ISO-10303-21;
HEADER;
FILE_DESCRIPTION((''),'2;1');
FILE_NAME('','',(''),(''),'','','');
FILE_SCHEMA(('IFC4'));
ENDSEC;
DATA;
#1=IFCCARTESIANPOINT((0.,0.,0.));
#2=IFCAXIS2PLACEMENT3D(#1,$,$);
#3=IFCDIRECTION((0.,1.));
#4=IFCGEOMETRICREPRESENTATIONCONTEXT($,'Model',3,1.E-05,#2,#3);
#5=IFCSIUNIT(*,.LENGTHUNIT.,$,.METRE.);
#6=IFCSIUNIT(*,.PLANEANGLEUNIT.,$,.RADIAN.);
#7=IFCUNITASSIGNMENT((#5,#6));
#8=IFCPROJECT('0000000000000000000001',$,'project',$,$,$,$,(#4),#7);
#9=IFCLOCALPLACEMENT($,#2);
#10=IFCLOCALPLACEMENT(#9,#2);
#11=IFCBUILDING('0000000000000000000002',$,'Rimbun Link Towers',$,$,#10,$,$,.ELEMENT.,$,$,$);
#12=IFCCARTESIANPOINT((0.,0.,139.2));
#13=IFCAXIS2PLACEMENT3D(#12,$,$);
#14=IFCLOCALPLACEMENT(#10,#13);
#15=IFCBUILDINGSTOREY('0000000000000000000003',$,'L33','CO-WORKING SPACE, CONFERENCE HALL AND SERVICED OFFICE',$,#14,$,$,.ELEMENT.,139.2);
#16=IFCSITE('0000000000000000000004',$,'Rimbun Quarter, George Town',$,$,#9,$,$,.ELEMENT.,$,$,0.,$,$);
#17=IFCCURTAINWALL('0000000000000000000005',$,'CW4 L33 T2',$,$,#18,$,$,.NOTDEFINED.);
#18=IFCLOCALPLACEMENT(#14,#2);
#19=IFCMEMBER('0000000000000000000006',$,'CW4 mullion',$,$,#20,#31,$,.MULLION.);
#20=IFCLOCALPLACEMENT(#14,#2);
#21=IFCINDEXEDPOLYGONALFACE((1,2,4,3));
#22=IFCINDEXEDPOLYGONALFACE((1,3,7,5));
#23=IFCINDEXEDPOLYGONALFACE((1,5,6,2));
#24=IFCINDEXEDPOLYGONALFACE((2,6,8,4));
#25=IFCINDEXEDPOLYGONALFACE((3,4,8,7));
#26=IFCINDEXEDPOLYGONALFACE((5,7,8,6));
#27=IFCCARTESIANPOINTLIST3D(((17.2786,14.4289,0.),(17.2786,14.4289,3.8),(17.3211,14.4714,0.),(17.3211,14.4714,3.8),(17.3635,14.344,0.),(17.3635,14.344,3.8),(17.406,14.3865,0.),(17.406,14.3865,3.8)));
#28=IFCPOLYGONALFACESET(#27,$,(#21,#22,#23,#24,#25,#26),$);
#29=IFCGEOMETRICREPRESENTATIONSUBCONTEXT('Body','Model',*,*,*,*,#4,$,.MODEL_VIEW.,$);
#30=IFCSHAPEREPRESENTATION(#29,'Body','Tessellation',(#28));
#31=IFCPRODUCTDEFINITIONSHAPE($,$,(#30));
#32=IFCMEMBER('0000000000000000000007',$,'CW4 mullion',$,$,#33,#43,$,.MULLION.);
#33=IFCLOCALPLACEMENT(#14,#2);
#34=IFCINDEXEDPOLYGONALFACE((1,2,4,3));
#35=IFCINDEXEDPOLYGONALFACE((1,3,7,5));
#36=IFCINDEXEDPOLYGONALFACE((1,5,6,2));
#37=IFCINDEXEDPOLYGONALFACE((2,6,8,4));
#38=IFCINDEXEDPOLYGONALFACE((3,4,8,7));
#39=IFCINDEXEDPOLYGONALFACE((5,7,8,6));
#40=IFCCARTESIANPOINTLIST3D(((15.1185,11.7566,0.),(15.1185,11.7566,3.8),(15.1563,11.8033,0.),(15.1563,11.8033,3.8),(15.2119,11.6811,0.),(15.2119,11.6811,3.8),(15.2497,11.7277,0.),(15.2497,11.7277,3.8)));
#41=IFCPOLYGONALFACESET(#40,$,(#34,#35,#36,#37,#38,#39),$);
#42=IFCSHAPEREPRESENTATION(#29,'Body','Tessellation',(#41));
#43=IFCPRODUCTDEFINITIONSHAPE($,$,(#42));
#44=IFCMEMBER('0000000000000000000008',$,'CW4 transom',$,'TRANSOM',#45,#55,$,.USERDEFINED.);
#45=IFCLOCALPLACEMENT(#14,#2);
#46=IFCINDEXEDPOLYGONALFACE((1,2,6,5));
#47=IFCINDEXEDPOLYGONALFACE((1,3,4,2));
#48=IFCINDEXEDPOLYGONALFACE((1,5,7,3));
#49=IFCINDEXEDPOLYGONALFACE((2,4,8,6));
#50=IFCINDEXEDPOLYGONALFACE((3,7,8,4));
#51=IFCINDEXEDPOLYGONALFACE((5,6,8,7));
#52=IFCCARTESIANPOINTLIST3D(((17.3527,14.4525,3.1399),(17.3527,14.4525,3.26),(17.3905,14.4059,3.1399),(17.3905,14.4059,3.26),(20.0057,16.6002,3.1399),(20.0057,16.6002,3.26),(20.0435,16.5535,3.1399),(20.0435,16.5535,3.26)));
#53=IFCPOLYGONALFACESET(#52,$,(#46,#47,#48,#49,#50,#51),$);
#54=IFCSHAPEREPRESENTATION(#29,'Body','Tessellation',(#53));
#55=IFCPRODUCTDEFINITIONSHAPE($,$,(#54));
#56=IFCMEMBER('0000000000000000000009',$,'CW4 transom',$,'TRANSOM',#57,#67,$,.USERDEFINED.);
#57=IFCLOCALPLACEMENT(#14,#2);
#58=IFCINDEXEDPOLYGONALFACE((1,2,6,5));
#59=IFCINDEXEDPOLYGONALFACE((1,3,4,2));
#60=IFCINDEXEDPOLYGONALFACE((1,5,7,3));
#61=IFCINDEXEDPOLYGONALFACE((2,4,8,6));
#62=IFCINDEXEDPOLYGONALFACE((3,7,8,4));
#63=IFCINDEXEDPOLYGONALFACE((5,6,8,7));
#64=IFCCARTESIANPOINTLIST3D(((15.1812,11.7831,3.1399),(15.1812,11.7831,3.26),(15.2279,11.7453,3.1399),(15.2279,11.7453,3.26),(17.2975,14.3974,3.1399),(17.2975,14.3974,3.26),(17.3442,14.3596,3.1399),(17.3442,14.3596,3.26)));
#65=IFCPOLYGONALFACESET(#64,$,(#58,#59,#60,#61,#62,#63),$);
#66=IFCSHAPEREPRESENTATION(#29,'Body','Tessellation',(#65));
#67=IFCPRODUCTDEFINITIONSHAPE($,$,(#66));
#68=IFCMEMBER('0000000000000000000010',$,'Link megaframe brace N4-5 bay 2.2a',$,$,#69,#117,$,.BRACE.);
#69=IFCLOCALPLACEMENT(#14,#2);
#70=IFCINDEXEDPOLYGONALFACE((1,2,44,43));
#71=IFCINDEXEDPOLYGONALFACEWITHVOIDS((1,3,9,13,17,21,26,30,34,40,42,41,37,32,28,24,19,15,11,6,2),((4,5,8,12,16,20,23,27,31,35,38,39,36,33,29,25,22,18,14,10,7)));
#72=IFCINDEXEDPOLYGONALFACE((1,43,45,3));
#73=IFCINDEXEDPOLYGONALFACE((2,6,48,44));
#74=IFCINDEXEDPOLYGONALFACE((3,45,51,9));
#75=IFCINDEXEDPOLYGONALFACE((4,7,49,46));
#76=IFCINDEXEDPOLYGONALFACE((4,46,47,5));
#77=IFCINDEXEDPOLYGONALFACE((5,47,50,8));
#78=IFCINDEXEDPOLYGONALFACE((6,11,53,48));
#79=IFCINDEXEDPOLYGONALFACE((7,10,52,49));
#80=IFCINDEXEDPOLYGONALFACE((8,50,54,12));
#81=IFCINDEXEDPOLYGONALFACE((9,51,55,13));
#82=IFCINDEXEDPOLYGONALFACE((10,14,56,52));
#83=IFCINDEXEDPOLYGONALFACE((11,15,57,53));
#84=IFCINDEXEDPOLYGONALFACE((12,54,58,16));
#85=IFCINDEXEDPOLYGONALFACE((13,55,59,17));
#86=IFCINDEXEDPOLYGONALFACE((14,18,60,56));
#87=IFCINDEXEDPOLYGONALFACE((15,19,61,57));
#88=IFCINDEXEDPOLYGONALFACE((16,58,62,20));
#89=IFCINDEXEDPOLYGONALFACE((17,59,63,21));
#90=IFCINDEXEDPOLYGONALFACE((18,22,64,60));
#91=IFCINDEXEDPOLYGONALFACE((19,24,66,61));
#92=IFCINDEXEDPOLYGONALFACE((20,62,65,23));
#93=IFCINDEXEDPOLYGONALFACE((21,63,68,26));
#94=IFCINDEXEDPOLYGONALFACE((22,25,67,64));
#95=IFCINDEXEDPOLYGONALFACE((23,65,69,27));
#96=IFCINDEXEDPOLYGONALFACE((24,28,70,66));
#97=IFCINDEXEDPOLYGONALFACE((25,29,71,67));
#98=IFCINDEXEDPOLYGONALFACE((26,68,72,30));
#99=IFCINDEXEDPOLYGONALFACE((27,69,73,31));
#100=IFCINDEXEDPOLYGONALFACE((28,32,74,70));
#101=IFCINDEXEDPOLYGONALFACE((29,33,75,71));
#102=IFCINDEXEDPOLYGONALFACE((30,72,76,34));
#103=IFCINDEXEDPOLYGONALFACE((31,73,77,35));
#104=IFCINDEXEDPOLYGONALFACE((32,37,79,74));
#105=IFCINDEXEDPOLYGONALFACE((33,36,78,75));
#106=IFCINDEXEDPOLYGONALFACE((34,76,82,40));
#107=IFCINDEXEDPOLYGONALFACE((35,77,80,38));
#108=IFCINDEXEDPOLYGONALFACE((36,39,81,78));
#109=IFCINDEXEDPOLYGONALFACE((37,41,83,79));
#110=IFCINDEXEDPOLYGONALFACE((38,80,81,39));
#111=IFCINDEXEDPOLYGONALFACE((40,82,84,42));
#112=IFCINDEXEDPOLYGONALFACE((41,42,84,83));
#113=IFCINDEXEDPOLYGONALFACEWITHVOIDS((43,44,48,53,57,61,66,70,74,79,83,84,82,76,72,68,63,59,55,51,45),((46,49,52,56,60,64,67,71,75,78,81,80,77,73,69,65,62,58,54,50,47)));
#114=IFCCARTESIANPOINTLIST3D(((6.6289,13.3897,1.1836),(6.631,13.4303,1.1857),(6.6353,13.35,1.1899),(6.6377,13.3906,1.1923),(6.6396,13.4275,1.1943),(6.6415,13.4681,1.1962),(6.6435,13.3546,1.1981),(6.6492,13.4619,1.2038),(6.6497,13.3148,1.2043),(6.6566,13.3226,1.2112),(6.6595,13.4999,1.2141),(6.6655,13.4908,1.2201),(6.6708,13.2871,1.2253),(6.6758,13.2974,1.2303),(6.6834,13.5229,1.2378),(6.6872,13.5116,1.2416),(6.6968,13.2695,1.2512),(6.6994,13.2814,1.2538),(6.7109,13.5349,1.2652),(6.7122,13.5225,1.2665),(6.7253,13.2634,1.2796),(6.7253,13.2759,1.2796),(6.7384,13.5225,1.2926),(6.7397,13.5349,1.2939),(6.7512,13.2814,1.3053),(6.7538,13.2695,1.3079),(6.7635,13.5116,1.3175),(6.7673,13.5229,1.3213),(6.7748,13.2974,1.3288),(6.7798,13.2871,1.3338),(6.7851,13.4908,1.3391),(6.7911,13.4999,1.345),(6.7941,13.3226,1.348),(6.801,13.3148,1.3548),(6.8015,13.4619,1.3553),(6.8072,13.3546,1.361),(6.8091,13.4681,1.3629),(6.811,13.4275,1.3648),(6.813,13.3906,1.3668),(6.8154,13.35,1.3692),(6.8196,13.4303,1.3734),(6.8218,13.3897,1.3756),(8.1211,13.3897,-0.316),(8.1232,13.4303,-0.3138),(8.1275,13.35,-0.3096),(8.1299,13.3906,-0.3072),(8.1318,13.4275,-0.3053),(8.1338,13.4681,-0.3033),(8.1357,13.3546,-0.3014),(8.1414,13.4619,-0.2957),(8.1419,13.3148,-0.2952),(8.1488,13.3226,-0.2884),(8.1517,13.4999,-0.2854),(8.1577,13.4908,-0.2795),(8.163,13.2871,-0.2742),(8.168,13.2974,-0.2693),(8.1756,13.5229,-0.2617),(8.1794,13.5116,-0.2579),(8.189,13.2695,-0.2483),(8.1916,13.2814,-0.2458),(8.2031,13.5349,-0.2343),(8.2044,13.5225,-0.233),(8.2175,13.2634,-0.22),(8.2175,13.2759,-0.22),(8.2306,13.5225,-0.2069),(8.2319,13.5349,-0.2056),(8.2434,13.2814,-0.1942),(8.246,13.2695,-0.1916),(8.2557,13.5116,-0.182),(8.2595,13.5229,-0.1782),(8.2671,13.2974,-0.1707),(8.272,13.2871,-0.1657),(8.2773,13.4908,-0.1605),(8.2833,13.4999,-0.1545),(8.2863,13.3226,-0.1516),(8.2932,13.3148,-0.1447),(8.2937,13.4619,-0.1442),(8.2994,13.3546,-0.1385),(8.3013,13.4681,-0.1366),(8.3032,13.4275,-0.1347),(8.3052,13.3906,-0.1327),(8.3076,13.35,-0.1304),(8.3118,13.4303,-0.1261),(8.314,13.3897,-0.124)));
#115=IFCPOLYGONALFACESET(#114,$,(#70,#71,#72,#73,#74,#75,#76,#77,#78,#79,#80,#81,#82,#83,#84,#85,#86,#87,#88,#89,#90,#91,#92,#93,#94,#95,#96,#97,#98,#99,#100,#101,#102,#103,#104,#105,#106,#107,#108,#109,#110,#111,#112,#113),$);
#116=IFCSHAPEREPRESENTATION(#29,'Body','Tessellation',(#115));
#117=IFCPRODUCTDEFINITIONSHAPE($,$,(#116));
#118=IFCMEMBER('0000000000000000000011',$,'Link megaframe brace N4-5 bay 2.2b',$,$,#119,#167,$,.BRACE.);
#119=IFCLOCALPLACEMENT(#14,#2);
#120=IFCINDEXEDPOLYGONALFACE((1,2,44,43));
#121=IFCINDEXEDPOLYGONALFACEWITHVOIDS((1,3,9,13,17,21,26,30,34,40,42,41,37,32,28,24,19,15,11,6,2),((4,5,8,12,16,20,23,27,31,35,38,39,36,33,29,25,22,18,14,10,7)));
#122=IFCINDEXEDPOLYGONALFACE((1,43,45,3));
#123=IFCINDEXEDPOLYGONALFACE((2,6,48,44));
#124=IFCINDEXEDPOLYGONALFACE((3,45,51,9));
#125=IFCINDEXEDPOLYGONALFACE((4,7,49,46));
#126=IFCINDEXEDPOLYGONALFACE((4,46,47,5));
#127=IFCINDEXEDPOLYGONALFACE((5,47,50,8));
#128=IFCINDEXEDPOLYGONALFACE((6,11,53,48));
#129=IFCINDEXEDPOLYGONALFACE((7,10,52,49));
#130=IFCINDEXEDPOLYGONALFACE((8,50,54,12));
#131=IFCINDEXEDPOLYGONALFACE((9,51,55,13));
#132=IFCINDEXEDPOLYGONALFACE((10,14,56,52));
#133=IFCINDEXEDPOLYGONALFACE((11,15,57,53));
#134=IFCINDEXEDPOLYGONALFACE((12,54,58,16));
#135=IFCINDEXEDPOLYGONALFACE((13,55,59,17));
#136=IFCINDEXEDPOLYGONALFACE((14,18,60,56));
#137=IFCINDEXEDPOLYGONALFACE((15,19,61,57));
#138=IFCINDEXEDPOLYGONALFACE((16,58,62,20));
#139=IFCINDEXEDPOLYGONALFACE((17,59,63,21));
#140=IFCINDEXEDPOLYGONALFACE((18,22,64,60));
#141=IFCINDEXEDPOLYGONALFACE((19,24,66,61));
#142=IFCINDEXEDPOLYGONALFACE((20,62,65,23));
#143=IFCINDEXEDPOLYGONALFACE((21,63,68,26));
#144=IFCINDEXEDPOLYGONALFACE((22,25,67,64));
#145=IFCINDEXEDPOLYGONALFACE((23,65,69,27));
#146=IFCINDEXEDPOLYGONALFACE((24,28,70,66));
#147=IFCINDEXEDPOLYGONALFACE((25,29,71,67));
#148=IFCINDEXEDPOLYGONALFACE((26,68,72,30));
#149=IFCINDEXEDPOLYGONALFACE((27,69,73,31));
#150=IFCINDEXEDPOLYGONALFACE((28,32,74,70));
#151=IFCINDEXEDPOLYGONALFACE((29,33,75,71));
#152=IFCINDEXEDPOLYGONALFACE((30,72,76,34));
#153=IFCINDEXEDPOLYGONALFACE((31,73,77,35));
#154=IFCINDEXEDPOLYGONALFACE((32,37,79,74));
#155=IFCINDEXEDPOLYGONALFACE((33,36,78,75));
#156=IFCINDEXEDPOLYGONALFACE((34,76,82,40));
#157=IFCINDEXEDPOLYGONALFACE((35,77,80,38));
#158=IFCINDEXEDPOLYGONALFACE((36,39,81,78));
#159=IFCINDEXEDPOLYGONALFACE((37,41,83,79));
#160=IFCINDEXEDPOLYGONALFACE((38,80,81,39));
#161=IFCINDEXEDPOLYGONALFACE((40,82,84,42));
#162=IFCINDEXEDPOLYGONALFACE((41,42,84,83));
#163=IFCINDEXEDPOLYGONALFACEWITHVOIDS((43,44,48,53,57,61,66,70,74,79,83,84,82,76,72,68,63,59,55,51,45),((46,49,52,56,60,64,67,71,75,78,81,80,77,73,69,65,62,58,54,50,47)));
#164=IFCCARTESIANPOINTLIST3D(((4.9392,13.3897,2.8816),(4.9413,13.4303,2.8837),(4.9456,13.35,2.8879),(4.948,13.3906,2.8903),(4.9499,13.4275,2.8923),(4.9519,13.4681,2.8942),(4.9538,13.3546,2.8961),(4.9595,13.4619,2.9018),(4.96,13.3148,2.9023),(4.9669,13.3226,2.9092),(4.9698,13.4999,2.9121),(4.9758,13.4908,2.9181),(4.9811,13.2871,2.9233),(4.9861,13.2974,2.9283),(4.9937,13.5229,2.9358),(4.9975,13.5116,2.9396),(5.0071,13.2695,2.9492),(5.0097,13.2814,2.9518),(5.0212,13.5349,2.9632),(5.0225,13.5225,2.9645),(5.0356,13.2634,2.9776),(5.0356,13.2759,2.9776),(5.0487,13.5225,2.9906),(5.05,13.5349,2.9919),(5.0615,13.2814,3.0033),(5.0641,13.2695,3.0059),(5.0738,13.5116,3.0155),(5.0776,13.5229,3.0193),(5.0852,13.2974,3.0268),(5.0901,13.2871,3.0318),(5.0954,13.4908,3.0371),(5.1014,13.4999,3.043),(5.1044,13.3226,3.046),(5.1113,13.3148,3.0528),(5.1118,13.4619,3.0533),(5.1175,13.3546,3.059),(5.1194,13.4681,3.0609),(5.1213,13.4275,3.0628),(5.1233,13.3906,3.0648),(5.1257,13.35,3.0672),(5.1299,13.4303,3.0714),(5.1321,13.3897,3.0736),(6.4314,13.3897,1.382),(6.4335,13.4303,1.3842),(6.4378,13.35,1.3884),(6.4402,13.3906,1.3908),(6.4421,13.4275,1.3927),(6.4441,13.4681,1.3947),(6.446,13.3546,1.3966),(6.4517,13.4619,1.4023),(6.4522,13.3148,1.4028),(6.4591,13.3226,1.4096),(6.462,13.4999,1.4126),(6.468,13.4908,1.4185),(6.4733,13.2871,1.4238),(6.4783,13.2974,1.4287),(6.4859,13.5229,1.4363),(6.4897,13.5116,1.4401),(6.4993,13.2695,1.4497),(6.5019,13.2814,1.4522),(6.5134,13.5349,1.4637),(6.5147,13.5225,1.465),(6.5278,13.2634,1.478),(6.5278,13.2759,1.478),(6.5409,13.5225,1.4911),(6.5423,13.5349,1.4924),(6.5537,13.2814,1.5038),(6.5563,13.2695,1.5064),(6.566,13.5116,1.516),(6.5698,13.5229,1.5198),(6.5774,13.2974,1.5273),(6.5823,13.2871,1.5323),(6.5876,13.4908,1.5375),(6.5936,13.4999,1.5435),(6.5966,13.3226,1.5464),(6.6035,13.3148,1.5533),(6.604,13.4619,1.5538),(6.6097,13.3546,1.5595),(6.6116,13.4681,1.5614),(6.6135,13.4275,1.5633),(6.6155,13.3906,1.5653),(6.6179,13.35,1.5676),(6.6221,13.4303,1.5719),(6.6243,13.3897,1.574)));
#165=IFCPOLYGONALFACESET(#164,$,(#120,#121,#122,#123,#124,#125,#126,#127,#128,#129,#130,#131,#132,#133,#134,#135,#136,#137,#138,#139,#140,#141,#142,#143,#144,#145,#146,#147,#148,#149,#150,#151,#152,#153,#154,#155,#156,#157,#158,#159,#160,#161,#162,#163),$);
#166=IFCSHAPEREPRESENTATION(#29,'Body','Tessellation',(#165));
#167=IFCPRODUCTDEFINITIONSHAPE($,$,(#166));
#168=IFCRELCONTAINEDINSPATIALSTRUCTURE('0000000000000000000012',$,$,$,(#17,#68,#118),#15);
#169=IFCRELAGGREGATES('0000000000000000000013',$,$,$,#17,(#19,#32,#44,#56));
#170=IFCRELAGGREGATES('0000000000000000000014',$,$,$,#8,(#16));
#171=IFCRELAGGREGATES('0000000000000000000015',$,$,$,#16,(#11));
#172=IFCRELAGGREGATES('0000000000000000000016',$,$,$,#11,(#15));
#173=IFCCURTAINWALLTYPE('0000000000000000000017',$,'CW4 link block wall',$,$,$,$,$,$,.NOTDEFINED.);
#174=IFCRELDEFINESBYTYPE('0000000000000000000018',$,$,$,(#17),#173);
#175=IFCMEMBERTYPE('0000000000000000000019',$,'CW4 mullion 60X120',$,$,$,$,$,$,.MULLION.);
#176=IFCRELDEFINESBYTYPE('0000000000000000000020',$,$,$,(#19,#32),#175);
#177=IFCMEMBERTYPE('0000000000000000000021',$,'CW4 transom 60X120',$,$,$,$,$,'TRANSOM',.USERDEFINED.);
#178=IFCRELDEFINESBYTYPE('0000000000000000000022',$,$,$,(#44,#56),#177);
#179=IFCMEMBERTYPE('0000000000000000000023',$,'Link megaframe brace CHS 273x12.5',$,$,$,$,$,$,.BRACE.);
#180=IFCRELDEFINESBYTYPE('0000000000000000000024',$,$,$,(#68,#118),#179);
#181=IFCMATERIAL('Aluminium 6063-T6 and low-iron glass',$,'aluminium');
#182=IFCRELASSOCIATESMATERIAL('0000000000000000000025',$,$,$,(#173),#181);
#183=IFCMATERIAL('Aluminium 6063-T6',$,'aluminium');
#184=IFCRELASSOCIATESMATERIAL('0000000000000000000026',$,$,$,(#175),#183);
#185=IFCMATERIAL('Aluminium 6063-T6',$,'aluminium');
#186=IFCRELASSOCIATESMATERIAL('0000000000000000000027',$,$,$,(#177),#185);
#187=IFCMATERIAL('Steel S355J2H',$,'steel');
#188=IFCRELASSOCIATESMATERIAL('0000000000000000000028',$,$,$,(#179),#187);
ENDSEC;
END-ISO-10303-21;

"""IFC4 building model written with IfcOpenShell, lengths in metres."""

from ifc_helpers import new_model, si_unit, direction, frame, origin, origin_2d, place, context, subcontext, project, spatial, rectangle, hollow_circle, extrude, material, material_profile, profile_set, type_object, element, aggregate, save


model = new_model("IFC4")

# Units and contexts
model_context = context("Model", 3, precision=1e-05, world=origin(), true_north=direction((0.0, 1.0)))
body_context = subcontext(model_context, "Body", "Model", "MODEL_VIEW")
ifc_project = project(units=[si_unit("LENGTHUNIT", "METRE"), si_unit("PLANEANGLEUNIT", "RADIAN")], contexts=[model_context])

# Site, building, storey
site_placement = place(None, origin())
site = spatial("IfcSite", under=ifc_project, at=site_placement, Name="Rimbun Quarter, George Town", CompositionType="ELEMENT", RefElevation=0.0)
building_placement = place(site_placement, origin())
building = spatial("IfcBuilding", under=site, at=building_placement, Name="Rimbun Link Towers", CompositionType="ELEMENT")
storey_placement = place(building_placement, frame((0.0, 0.0, 139.2)))
storey = spatial("IfcBuildingStorey", under=building, at=storey_placement, Name="L33", Description="CO-WORKING SPACE, CONFERENCE HALL AND SERVICED OFFICE", CompositionType="ELEMENT", Elevation=139.2)

# Curtain wall, members
ifc_material_1 = material(Name="Aluminium 6063-T6 and low-iron glass", Category="aluminium")
curtain_wall_type = type_object("IfcCurtainWallType", Name="CW4 link block wall", PredefinedType="NOTDEFINED", material=ifc_material_1)
curtain_wall_placement = place(storey_placement, origin())
curtain_wall = element("IfcCurtainWall", 1, at=curtain_wall_placement, inside=storey, type_object=curtain_wall_type, Name="CW4 L33 T2", PredefinedType="NOTDEFINED")
ifc_material_2 = material(Name="Aluminium 6063-T6", Category="aluminium")
ifc_material_profile_1 = material_profile(ifc_material_2, rectangle(XDim=0.1201, YDim=0.0601, at=origin_2d()), Name="MULLION 60X120")
ifc_profile_set_1 = profile_set([ifc_material_profile_1], Name="Aluminium 6063-T6")
member_type_1 = type_object("IfcMemberType", Name="CW4 mullion 60X120", PredefinedType="MULLION", material=ifc_profile_set_1)
member_1_placement = place(storey_placement, frame((17.3423, 14.4077, 0.0), z_axis=(0.0, 0.0, 1.0), x_axis=(-0.707107, 0.707107, 0.0)))
member_1 = element("IfcMember", 2, at=member_1_placement, type_object=member_type_1, Name="CW4 mullion", PredefinedType="MULLION", context=body_context, shape_type="SweptSolid", body=[
    extrude(rectangle(XDim=0.1201, YDim=0.0601, at=origin_2d()), origin(), (0.0, 0.0, 1.0), 3.8),
])
member_2_placement = place(storey_placement, frame((15.1841, 11.7422, 0.0), z_axis=(0.0, 0.0, 1.0), x_axis=(-0.777277, 0.629159, 0.0)))
member_2 = element("IfcMember", 3, at=member_2_placement, type_object=member_type_1, Name="CW4 mullion", PredefinedType="MULLION", context=body_context, shape_type="SweptSolid", body=[
    extrude(rectangle(XDim=0.1201, YDim=0.0601, at=origin_2d()), origin(), (0.0, 0.0, 1.0), 3.8),
])
ifc_material_3 = material(Name="Aluminium 6063-T6", Category="aluminium")
ifc_material_profile_2 = material_profile(ifc_material_3, rectangle(XDim=0.0601, YDim=0.1201, at=origin_2d()), Name="TRANSOM 60X120")
ifc_profile_set_2 = profile_set([ifc_material_profile_2], Name="Aluminium 6063-T6")
member_type_2 = type_object("IfcMemberType", Name="CW4 transom 60X120", ElementType="TRANSOM", PredefinedType="USERDEFINED", material=ifc_profile_set_2)
member_3_placement = place(storey_placement, frame((17.3716, 14.4292, 3.2), z_axis=(0.777248, 0.629194, 0.0), x_axis=(-0.629194, 0.777248, 0.0)))
member_3 = element("IfcMember", 4, at=member_3_placement, type_object=member_type_2, Name="CW4 transom", ObjectType="TRANSOM", PredefinedType="USERDEFINED", context=body_context, shape_type="SweptSolid", body=[
    extrude(rectangle(XDim=0.0601, YDim=0.1201, at=origin_2d()), origin(), (0.0, 0.0, 1.0), 3.4133),
])
member_4_placement = place(storey_placement, frame((15.2046, 11.7642, 3.2), z_axis=(0.629182, 0.777258, 0.0), x_axis=(-0.777258, 0.629182, 0.0)))
member_4 = element("IfcMember", 5, at=member_4_placement, type_object=member_type_2, Name="CW4 transom", ObjectType="TRANSOM", PredefinedType="USERDEFINED", context=body_context, shape_type="SweptSolid", body=[
    extrude(rectangle(XDim=0.0601, YDim=0.1201, at=origin_2d()), origin(), (0.0, 0.0, 1.0), 3.3635),
])

# Members
ifc_material_4 = material(Name="Steel S355J2H", Category="steel")
ifc_material_profile_3 = material_profile(ifc_material_4, hollow_circle(Radius=0.1365, WallThickness=0.0125, at=origin_2d()), Name="CHS 273x12.5")
ifc_profile_set_3 = profile_set([ifc_material_profile_3], Name="Steel S355J2H")
member_type_3 = type_object("IfcMemberType", Name="Link megaframe brace CHS 273x12.5", PredefinedType="BRACE", material=ifc_profile_set_3)
for number, where, z_axis, x_axis, name in (
    (6, (8.2175, 13.3999, -0.22), (-0.705374, 0.0, 0.708836), (0.0, -1.0, 0.0), "Link megaframe brace N4-5 bay 2.2a"),
    (7, (6.5278, 13.3999, 1.478), (-0.705374, 0.0, 0.708836), (0.0, -1.0, 0.0), "Link megaframe brace N4-5 bay 2.2b"),
):
    element("IfcMember", number, at=place(storey_placement, frame(where, z_axis=z_axis, x_axis=x_axis)), inside=storey, type_object=member_type_3, Name=name, PredefinedType="BRACE", context=body_context, shape_type="SweptSolid", body=[
        extrude(hollow_circle(Radius=0.1365, WallThickness=0.0125, at=origin_2d()), origin(), (0.0, 0.0, 1.0), 2.1155),
    ])

aggregate(curtain_wall, [member_1, member_2, member_3, member_4])

save(model, "model.ifc")
